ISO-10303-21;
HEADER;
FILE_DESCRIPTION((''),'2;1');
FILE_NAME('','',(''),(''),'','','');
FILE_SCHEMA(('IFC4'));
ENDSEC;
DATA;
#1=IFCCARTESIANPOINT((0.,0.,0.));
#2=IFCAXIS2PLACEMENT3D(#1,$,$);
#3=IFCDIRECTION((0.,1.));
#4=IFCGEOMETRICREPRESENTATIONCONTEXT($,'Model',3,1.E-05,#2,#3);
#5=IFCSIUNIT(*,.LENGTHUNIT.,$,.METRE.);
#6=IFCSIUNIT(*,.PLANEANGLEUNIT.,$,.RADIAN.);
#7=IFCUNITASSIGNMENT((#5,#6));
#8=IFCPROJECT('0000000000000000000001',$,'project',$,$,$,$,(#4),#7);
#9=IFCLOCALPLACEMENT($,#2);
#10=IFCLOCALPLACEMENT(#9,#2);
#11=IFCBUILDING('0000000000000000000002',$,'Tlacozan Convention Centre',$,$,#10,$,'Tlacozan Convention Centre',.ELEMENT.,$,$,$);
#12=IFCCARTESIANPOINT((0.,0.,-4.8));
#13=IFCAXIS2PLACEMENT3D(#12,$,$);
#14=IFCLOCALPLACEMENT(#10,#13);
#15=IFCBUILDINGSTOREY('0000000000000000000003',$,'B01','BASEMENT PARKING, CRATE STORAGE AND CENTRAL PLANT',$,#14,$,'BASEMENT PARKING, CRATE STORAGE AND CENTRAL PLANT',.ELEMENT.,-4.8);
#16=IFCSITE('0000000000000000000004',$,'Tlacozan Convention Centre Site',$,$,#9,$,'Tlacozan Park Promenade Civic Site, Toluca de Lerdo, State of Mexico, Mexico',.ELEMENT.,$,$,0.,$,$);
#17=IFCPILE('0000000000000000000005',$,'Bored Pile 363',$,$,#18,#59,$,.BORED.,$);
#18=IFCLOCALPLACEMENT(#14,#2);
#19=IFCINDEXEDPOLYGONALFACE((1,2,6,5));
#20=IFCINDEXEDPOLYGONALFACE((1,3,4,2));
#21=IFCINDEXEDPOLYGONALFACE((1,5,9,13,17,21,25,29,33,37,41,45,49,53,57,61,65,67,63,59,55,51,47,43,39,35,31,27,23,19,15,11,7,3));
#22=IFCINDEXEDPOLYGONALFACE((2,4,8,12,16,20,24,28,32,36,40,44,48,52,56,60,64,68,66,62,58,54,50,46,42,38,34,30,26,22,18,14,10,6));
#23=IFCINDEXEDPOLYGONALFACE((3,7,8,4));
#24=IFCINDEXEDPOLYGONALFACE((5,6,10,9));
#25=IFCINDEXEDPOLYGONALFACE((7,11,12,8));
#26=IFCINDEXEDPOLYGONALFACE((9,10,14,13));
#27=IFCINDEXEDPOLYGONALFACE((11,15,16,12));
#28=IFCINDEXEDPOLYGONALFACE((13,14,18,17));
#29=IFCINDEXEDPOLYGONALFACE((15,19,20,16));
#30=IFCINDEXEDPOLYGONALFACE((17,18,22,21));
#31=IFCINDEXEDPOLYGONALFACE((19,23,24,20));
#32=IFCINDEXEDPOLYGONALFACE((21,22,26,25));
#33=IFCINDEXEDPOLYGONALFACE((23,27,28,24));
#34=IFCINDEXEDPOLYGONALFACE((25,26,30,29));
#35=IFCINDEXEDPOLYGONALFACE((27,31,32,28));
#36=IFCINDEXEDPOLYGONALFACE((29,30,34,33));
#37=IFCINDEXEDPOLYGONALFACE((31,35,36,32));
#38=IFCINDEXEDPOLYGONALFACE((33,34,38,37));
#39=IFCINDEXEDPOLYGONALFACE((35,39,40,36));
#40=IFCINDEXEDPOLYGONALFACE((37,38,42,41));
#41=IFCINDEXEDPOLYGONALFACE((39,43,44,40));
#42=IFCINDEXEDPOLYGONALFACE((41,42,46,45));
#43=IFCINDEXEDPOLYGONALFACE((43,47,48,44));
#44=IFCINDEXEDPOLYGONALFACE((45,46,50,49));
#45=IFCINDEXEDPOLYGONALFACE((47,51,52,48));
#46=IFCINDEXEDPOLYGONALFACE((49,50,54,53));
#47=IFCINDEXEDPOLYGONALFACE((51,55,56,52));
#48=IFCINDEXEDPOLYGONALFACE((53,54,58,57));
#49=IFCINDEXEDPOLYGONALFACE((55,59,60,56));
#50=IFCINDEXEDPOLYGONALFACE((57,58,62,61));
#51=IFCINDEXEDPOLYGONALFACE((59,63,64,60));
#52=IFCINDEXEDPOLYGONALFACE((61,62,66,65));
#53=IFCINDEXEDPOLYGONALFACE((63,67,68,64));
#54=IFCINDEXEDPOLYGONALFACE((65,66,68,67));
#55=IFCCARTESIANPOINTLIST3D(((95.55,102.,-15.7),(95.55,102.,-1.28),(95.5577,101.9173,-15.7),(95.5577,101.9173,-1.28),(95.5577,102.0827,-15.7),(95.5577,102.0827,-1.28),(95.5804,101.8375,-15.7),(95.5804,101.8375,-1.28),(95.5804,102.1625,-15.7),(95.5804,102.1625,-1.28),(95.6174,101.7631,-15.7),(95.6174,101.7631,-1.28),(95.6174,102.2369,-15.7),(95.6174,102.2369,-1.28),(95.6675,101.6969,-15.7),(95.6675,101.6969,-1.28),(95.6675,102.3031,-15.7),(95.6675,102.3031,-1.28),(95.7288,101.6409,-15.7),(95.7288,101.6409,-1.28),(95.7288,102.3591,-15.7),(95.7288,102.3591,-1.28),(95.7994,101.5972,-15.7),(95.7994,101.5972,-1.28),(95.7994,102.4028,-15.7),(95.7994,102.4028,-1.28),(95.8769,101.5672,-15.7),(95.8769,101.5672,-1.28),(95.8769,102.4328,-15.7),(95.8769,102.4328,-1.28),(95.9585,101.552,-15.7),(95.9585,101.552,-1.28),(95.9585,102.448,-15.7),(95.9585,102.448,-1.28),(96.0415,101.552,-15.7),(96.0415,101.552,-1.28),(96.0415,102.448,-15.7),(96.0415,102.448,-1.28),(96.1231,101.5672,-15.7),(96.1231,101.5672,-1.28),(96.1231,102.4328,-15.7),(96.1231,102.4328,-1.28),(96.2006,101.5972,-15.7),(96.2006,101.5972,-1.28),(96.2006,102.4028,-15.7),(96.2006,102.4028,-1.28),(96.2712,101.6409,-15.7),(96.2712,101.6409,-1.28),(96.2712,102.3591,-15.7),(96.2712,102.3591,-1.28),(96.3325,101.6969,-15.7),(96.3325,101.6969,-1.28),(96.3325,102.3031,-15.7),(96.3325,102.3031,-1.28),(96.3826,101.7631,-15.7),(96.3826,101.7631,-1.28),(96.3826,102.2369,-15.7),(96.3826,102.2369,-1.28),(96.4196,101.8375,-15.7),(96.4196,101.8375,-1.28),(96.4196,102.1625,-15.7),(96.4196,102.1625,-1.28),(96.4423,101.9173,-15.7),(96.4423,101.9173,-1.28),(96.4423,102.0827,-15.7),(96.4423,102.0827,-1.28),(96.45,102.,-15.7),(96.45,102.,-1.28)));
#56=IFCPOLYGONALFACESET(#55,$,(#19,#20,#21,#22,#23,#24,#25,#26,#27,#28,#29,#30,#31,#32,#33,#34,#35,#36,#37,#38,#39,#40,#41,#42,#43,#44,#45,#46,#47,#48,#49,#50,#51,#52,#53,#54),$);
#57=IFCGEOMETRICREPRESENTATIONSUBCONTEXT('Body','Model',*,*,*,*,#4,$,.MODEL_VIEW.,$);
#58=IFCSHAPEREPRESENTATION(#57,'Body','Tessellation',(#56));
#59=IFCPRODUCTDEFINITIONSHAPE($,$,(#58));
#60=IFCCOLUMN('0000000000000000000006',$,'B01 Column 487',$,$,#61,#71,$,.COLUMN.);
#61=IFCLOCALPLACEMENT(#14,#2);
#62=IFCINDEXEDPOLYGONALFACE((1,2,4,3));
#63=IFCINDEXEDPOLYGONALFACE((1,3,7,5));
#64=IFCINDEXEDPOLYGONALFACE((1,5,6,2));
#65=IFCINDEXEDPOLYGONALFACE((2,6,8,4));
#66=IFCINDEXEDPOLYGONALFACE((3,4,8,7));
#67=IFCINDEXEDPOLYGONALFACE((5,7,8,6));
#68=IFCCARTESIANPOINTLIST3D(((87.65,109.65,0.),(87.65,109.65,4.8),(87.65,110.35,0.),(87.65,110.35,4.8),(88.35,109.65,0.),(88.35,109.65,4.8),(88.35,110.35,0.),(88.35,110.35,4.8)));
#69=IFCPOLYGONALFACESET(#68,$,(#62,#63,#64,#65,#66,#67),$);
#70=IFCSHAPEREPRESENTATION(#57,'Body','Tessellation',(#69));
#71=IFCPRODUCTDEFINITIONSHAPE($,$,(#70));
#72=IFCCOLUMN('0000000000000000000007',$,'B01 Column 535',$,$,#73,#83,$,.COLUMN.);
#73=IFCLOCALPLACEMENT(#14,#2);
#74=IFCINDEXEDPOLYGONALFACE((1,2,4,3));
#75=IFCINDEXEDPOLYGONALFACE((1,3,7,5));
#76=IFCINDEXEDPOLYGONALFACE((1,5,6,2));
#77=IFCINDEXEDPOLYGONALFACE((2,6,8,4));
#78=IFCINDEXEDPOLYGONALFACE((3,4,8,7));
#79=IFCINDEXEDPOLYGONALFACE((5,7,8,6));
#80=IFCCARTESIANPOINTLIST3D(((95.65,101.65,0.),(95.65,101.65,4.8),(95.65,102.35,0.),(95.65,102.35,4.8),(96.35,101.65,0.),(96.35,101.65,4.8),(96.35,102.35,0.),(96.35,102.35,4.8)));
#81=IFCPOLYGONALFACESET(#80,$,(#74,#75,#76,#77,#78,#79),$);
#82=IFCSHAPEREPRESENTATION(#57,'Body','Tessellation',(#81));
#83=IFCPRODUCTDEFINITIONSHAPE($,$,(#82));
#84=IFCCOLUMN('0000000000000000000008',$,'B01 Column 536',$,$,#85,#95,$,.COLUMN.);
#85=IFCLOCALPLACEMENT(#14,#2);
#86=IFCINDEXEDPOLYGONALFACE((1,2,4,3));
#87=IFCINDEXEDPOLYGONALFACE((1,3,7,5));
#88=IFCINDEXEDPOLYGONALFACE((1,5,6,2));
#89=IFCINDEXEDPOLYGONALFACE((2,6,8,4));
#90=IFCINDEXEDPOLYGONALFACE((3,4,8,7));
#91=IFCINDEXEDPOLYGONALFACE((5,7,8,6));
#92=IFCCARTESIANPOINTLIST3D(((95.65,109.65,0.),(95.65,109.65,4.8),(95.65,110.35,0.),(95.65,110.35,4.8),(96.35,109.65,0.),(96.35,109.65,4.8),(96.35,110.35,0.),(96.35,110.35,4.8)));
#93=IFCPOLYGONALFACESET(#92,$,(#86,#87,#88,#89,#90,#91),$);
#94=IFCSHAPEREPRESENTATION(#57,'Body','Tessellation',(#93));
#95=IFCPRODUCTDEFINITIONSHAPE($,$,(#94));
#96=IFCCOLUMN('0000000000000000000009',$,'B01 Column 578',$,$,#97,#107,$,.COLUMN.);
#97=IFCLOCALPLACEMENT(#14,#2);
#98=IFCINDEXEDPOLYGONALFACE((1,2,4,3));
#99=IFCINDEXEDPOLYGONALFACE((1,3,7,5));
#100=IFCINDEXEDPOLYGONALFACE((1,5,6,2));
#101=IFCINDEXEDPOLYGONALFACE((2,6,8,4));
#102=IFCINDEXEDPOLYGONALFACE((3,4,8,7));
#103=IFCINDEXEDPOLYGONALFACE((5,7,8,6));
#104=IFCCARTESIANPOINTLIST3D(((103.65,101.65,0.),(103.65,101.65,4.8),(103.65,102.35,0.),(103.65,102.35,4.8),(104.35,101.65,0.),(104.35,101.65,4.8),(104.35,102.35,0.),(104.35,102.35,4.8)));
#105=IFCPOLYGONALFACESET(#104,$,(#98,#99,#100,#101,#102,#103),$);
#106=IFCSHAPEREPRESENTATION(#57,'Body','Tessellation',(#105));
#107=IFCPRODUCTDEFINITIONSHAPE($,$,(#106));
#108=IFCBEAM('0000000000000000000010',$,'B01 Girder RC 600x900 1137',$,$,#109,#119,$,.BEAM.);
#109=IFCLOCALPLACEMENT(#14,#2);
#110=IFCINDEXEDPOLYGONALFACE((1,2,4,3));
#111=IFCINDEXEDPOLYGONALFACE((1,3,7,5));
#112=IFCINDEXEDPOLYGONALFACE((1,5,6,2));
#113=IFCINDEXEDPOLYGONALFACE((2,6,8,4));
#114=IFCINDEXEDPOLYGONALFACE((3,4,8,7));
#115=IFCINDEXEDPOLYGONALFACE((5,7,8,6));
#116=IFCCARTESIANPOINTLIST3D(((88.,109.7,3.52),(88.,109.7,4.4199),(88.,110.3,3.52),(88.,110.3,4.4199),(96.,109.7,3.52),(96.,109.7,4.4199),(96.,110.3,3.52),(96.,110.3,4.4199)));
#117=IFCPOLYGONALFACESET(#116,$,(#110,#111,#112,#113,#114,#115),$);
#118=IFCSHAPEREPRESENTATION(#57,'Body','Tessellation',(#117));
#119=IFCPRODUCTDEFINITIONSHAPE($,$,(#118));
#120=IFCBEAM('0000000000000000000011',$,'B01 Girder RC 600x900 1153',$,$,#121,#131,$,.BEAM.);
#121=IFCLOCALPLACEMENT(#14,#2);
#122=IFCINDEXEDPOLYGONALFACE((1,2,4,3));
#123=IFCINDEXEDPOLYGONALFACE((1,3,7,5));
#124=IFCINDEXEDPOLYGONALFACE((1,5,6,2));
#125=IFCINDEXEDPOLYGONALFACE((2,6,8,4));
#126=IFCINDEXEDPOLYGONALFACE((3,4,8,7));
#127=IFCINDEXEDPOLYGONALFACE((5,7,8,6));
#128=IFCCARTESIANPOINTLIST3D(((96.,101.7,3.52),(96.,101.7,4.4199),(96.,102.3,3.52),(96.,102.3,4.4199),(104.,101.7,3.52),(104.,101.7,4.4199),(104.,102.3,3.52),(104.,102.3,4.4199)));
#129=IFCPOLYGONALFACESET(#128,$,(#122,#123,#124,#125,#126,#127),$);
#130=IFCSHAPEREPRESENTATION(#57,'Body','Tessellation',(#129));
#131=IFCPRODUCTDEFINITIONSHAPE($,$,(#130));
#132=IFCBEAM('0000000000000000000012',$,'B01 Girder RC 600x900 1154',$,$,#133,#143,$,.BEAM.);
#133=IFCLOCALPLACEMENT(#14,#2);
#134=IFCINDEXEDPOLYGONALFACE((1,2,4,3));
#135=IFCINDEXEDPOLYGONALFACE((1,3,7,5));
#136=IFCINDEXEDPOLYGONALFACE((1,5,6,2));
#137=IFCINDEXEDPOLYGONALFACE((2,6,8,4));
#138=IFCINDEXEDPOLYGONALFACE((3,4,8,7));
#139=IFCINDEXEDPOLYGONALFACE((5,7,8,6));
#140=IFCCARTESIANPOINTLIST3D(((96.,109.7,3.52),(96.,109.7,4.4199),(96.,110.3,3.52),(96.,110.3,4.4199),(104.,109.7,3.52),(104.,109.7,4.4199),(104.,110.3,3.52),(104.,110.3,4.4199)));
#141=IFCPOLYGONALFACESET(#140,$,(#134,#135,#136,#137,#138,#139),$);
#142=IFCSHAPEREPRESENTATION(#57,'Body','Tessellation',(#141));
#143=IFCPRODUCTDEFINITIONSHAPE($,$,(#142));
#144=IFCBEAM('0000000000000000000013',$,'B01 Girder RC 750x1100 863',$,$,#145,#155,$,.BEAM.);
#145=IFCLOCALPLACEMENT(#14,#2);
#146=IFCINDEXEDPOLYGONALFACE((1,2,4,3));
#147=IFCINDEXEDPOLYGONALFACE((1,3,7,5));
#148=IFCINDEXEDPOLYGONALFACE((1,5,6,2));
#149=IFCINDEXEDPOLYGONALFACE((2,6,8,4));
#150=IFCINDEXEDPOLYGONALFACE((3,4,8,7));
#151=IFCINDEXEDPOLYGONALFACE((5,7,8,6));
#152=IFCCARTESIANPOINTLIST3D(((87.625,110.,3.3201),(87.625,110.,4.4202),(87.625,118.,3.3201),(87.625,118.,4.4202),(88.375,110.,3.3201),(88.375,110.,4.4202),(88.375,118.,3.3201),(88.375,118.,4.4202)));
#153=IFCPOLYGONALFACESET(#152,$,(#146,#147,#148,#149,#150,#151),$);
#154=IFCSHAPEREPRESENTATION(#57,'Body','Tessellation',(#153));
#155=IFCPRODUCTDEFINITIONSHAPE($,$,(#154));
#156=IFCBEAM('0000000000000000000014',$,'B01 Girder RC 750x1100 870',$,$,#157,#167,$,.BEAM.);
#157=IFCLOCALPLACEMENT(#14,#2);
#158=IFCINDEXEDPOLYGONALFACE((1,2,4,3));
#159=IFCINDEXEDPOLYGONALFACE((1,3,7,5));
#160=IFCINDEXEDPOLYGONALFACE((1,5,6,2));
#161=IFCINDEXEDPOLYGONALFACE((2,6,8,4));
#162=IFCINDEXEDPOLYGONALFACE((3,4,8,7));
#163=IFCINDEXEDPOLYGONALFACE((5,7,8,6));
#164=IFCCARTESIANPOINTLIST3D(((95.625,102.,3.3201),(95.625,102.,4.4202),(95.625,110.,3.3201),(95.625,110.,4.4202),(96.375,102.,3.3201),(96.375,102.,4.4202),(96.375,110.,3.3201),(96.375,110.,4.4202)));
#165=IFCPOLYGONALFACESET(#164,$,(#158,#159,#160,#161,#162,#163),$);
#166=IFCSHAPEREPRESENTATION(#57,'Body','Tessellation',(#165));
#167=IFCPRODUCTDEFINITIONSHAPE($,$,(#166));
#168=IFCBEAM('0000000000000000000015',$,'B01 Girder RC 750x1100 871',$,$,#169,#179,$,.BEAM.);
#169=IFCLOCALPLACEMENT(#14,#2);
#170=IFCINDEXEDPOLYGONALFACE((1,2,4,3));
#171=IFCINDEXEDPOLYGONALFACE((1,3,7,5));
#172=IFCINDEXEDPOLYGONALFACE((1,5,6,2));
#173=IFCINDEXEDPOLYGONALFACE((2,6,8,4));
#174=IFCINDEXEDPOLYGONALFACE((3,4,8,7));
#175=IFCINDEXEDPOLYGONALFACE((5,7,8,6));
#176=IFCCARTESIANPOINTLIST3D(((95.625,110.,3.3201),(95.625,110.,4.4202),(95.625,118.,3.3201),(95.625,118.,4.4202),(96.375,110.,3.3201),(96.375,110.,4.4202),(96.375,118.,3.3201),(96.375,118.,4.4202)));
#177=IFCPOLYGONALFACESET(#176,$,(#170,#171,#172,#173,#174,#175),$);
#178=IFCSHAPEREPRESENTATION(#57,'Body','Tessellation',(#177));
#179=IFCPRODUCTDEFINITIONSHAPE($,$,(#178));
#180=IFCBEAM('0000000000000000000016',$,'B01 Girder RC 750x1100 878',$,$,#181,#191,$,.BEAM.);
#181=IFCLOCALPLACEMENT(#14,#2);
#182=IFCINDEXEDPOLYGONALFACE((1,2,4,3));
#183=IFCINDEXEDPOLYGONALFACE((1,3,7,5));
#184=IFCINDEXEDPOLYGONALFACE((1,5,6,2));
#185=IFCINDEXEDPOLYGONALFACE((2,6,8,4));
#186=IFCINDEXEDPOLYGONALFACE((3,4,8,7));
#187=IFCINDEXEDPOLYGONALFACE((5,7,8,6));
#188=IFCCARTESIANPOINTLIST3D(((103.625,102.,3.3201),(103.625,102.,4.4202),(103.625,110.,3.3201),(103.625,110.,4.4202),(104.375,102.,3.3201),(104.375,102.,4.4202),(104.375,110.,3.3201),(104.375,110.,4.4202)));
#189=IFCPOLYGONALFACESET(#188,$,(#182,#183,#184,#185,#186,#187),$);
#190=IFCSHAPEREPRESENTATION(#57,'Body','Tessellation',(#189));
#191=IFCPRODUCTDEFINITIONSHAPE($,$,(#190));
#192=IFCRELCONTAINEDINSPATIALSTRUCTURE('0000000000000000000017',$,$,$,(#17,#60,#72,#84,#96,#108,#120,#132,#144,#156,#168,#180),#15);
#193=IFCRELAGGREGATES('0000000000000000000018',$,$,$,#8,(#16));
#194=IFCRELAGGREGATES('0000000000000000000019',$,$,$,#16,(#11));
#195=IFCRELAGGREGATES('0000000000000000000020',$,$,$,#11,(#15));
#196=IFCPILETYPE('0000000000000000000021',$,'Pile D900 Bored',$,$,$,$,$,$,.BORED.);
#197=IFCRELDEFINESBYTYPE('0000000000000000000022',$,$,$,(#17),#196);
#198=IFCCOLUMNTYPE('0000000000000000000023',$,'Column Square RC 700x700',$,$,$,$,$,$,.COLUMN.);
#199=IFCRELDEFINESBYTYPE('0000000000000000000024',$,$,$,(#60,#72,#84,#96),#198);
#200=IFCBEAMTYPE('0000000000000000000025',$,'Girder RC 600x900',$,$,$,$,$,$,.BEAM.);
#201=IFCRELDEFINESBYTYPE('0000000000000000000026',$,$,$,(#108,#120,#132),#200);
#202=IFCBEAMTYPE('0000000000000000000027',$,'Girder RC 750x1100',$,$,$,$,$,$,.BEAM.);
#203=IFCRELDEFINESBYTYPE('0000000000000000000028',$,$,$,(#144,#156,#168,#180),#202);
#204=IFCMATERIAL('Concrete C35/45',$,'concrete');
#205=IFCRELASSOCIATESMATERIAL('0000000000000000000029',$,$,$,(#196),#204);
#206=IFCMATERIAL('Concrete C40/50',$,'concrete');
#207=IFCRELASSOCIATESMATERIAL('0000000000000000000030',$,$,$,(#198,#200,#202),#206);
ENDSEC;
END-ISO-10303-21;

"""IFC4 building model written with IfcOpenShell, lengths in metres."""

from ifc_helpers import new_model, si_unit, direction, frame, origin, origin_2d, place, context, subcontext, project, spatial, rectangle, circle, extrude, material, material_profile, profile_set, type_object, element, save


model = new_model("IFC4")

# Units and contexts
model_context = context("Model", 3, precision=1e-05, world=origin(), true_north=direction((0.0, 1.0)))
body_context = subcontext(model_context, "Body", "Model", "MODEL_VIEW")
ifc_project = project(units=[si_unit("LENGTHUNIT", "METRE"), si_unit("PLANEANGLEUNIT", "RADIAN")], contexts=[model_context])

# Site, building, storey
site_placement = place(None, origin())
site = spatial("IfcSite", under=ifc_project, at=site_placement, Name="Tlacozan Convention Centre Site", LongName="Tlacozan Park Promenade Civic Site, Toluca de Lerdo, State of Mexico, Mexico", CompositionType="ELEMENT", RefElevation=0.0)
building_placement = place(site_placement, origin())
building = spatial("IfcBuilding", under=site, at=building_placement, Name="Tlacozan Convention Centre", LongName="Tlacozan Convention Centre", CompositionType="ELEMENT")
storey_placement = place(building_placement, frame((0.0, 0.0, -4.8)))
storey = spatial("IfcBuildingStorey", under=building, at=storey_placement, Name="B01", Description="BASEMENT PARKING, CRATE STORAGE AND CENTRAL PLANT", LongName="BASEMENT PARKING, CRATE STORAGE AND CENTRAL PLANT", CompositionType="ELEMENT", Elevation=-4.8)

# Shared definitions
ifc_material_1 = material(Name="Concrete C35/45", Category="concrete")

# Pile
ifc_material_profile_1 = material_profile(ifc_material_1, circle(Radius=0.45, at=origin_2d()), Name="PILE D900")
ifc_profile_set_1 = profile_set([ifc_material_profile_1], Name="Concrete C35/45")
pile_type_1 = type_object("IfcPileType", Name="Pile D900 Bored", PredefinedType="BORED", material=ifc_profile_set_1)
for number, where, z_axis, x_axis, name in (
    (1, (96.0, 102.0, -1.28), (0.0, 0.0, -1.0), (1.0, 0.0, 0.0), "Bored Pile 363"),
):
    element("IfcPile", number, at=place(storey_placement, frame(where, z_axis=z_axis, x_axis=x_axis)), inside=storey, type_object=pile_type_1, Name=name, PredefinedType="BORED", context=body_context, shape_type="SweptSolid", body=[
        extrude(circle(Radius=0.45, at=origin_2d()), origin(), (0.0, 0.0, 1.0), 14.4199),
    ])

# Columns
ifc_material_2 = material(Name="Concrete C40/50", Category="concrete")
ifc_material_profile_2 = material_profile(ifc_material_2, rectangle(XDim=0.7, YDim=0.7, at=origin_2d()), Name="RC 700x700")
ifc_profile_set_2 = profile_set([ifc_material_profile_2], Name="Concrete C40/50")
column_type = type_object("IfcColumnType", Name="Column Square RC 700x700", PredefinedType="COLUMN", material=ifc_profile_set_2)
for number, where, z_axis, x_axis, name in (
    (2, (88.0, 110.0, 0.0), (0.0, 0.0, 1.0), (1.0, 0.0, 0.0), "B01 Column 487"),
    (3, (96.0, 102.0, 0.0), (0.0, 0.0, 1.0), (1.0, 0.0, 0.0), "B01 Column 535"),
    (4, (96.0, 110.0, 0.0), (0.0, 0.0, 1.0), (1.0, 0.0, 0.0), "B01 Column 536"),
    (5, (104.0, 102.0, 0.0), (0.0, 0.0, 1.0), (1.0, 0.0, 0.0), "B01 Column 578"),
):
    element("IfcColumn", number, at=place(storey_placement, frame(where, z_axis=z_axis, x_axis=x_axis)), inside=storey, type_object=column_type, Name=name, PredefinedType="COLUMN", context=body_context, shape_type="SweptSolid", body=[
        extrude(rectangle(XDim=0.7, YDim=0.7, at=origin_2d()), origin(), (0.0, 0.0, 1.0), 4.8),
    ])

# Beams
ifc_material_profile_3 = material_profile(ifc_material_2, rectangle(XDim=0.6001, YDim=0.8999, at=origin_2d()), Name="RC 600x900")
ifc_profile_set_3 = profile_set([ifc_material_profile_3], Name="Concrete C40/50")
beam_type_1 = type_object("IfcBeamType", Name="Girder RC 600x900", PredefinedType="BEAM", material=ifc_profile_set_3)
for number, where, z_axis, x_axis, name in (
    (6, (88.0, 110.0, 3.97), (1.0, 0.0, 0.0), (0.0, 1.0, 0.0), "B01 Girder RC 600x900 1137"),
    (7, (96.0, 102.0, 3.97), (1.0, 0.0, 0.0), (0.0, 1.0, 0.0), "B01 Girder RC 600x900 1153"),
    (8, (96.0, 110.0, 3.97), (1.0, 0.0, 0.0), (0.0, 1.0, 0.0), "B01 Girder RC 600x900 1154"),
):
    element("IfcBeam", number, at=place(storey_placement, frame(where, z_axis=z_axis, x_axis=x_axis)), inside=storey, type_object=beam_type_1, Name=name, PredefinedType="BEAM", context=body_context, shape_type="SweptSolid", body=[
        extrude(rectangle(XDim=0.6001, YDim=0.8999, at=origin_2d()), origin(), (0.0, 0.0, 1.0), 8.0),
    ])
ifc_material_profile_4 = material_profile(ifc_material_2, rectangle(XDim=0.75, YDim=1.1001, at=origin_2d()), Name="RC 750x1100")
ifc_profile_set_4 = profile_set([ifc_material_profile_4], Name="Concrete C40/50")
beam_type_2 = type_object("IfcBeamType", Name="Girder RC 750x1100", PredefinedType="BEAM", material=ifc_profile_set_4)
for number, where, z_axis, x_axis, name in (
    (9, (88.0, 110.0, 3.8701), (0.0, 1.0, 0.0), (-1.0, 0.0, 0.0), "B01 Girder RC 750x1100 863"),
    (10, (96.0, 102.0, 3.8701), (0.0, 1.0, 0.0), (-1.0, 0.0, 0.0), "B01 Girder RC 750x1100 870"),
    (11, (96.0, 110.0, 3.8701), (0.0, 1.0, 0.0), (-1.0, 0.0, 0.0), "B01 Girder RC 750x1100 871"),
    (12, (104.0, 102.0, 3.8701), (0.0, 1.0, 0.0), (-1.0, 0.0, 0.0), "B01 Girder RC 750x1100 878"),
):
    element("IfcBeam", number, at=place(storey_placement, frame(where, z_axis=z_axis, x_axis=x_axis)), inside=storey, type_object=beam_type_2, Name=name, PredefinedType="BEAM", context=body_context, shape_type="SweptSolid", body=[
        extrude(rectangle(XDim=0.75, YDim=1.1001, at=origin_2d()), origin(), (0.0, 0.0, 1.0), 8.0),
    ])

save(model, "model.ifc")
